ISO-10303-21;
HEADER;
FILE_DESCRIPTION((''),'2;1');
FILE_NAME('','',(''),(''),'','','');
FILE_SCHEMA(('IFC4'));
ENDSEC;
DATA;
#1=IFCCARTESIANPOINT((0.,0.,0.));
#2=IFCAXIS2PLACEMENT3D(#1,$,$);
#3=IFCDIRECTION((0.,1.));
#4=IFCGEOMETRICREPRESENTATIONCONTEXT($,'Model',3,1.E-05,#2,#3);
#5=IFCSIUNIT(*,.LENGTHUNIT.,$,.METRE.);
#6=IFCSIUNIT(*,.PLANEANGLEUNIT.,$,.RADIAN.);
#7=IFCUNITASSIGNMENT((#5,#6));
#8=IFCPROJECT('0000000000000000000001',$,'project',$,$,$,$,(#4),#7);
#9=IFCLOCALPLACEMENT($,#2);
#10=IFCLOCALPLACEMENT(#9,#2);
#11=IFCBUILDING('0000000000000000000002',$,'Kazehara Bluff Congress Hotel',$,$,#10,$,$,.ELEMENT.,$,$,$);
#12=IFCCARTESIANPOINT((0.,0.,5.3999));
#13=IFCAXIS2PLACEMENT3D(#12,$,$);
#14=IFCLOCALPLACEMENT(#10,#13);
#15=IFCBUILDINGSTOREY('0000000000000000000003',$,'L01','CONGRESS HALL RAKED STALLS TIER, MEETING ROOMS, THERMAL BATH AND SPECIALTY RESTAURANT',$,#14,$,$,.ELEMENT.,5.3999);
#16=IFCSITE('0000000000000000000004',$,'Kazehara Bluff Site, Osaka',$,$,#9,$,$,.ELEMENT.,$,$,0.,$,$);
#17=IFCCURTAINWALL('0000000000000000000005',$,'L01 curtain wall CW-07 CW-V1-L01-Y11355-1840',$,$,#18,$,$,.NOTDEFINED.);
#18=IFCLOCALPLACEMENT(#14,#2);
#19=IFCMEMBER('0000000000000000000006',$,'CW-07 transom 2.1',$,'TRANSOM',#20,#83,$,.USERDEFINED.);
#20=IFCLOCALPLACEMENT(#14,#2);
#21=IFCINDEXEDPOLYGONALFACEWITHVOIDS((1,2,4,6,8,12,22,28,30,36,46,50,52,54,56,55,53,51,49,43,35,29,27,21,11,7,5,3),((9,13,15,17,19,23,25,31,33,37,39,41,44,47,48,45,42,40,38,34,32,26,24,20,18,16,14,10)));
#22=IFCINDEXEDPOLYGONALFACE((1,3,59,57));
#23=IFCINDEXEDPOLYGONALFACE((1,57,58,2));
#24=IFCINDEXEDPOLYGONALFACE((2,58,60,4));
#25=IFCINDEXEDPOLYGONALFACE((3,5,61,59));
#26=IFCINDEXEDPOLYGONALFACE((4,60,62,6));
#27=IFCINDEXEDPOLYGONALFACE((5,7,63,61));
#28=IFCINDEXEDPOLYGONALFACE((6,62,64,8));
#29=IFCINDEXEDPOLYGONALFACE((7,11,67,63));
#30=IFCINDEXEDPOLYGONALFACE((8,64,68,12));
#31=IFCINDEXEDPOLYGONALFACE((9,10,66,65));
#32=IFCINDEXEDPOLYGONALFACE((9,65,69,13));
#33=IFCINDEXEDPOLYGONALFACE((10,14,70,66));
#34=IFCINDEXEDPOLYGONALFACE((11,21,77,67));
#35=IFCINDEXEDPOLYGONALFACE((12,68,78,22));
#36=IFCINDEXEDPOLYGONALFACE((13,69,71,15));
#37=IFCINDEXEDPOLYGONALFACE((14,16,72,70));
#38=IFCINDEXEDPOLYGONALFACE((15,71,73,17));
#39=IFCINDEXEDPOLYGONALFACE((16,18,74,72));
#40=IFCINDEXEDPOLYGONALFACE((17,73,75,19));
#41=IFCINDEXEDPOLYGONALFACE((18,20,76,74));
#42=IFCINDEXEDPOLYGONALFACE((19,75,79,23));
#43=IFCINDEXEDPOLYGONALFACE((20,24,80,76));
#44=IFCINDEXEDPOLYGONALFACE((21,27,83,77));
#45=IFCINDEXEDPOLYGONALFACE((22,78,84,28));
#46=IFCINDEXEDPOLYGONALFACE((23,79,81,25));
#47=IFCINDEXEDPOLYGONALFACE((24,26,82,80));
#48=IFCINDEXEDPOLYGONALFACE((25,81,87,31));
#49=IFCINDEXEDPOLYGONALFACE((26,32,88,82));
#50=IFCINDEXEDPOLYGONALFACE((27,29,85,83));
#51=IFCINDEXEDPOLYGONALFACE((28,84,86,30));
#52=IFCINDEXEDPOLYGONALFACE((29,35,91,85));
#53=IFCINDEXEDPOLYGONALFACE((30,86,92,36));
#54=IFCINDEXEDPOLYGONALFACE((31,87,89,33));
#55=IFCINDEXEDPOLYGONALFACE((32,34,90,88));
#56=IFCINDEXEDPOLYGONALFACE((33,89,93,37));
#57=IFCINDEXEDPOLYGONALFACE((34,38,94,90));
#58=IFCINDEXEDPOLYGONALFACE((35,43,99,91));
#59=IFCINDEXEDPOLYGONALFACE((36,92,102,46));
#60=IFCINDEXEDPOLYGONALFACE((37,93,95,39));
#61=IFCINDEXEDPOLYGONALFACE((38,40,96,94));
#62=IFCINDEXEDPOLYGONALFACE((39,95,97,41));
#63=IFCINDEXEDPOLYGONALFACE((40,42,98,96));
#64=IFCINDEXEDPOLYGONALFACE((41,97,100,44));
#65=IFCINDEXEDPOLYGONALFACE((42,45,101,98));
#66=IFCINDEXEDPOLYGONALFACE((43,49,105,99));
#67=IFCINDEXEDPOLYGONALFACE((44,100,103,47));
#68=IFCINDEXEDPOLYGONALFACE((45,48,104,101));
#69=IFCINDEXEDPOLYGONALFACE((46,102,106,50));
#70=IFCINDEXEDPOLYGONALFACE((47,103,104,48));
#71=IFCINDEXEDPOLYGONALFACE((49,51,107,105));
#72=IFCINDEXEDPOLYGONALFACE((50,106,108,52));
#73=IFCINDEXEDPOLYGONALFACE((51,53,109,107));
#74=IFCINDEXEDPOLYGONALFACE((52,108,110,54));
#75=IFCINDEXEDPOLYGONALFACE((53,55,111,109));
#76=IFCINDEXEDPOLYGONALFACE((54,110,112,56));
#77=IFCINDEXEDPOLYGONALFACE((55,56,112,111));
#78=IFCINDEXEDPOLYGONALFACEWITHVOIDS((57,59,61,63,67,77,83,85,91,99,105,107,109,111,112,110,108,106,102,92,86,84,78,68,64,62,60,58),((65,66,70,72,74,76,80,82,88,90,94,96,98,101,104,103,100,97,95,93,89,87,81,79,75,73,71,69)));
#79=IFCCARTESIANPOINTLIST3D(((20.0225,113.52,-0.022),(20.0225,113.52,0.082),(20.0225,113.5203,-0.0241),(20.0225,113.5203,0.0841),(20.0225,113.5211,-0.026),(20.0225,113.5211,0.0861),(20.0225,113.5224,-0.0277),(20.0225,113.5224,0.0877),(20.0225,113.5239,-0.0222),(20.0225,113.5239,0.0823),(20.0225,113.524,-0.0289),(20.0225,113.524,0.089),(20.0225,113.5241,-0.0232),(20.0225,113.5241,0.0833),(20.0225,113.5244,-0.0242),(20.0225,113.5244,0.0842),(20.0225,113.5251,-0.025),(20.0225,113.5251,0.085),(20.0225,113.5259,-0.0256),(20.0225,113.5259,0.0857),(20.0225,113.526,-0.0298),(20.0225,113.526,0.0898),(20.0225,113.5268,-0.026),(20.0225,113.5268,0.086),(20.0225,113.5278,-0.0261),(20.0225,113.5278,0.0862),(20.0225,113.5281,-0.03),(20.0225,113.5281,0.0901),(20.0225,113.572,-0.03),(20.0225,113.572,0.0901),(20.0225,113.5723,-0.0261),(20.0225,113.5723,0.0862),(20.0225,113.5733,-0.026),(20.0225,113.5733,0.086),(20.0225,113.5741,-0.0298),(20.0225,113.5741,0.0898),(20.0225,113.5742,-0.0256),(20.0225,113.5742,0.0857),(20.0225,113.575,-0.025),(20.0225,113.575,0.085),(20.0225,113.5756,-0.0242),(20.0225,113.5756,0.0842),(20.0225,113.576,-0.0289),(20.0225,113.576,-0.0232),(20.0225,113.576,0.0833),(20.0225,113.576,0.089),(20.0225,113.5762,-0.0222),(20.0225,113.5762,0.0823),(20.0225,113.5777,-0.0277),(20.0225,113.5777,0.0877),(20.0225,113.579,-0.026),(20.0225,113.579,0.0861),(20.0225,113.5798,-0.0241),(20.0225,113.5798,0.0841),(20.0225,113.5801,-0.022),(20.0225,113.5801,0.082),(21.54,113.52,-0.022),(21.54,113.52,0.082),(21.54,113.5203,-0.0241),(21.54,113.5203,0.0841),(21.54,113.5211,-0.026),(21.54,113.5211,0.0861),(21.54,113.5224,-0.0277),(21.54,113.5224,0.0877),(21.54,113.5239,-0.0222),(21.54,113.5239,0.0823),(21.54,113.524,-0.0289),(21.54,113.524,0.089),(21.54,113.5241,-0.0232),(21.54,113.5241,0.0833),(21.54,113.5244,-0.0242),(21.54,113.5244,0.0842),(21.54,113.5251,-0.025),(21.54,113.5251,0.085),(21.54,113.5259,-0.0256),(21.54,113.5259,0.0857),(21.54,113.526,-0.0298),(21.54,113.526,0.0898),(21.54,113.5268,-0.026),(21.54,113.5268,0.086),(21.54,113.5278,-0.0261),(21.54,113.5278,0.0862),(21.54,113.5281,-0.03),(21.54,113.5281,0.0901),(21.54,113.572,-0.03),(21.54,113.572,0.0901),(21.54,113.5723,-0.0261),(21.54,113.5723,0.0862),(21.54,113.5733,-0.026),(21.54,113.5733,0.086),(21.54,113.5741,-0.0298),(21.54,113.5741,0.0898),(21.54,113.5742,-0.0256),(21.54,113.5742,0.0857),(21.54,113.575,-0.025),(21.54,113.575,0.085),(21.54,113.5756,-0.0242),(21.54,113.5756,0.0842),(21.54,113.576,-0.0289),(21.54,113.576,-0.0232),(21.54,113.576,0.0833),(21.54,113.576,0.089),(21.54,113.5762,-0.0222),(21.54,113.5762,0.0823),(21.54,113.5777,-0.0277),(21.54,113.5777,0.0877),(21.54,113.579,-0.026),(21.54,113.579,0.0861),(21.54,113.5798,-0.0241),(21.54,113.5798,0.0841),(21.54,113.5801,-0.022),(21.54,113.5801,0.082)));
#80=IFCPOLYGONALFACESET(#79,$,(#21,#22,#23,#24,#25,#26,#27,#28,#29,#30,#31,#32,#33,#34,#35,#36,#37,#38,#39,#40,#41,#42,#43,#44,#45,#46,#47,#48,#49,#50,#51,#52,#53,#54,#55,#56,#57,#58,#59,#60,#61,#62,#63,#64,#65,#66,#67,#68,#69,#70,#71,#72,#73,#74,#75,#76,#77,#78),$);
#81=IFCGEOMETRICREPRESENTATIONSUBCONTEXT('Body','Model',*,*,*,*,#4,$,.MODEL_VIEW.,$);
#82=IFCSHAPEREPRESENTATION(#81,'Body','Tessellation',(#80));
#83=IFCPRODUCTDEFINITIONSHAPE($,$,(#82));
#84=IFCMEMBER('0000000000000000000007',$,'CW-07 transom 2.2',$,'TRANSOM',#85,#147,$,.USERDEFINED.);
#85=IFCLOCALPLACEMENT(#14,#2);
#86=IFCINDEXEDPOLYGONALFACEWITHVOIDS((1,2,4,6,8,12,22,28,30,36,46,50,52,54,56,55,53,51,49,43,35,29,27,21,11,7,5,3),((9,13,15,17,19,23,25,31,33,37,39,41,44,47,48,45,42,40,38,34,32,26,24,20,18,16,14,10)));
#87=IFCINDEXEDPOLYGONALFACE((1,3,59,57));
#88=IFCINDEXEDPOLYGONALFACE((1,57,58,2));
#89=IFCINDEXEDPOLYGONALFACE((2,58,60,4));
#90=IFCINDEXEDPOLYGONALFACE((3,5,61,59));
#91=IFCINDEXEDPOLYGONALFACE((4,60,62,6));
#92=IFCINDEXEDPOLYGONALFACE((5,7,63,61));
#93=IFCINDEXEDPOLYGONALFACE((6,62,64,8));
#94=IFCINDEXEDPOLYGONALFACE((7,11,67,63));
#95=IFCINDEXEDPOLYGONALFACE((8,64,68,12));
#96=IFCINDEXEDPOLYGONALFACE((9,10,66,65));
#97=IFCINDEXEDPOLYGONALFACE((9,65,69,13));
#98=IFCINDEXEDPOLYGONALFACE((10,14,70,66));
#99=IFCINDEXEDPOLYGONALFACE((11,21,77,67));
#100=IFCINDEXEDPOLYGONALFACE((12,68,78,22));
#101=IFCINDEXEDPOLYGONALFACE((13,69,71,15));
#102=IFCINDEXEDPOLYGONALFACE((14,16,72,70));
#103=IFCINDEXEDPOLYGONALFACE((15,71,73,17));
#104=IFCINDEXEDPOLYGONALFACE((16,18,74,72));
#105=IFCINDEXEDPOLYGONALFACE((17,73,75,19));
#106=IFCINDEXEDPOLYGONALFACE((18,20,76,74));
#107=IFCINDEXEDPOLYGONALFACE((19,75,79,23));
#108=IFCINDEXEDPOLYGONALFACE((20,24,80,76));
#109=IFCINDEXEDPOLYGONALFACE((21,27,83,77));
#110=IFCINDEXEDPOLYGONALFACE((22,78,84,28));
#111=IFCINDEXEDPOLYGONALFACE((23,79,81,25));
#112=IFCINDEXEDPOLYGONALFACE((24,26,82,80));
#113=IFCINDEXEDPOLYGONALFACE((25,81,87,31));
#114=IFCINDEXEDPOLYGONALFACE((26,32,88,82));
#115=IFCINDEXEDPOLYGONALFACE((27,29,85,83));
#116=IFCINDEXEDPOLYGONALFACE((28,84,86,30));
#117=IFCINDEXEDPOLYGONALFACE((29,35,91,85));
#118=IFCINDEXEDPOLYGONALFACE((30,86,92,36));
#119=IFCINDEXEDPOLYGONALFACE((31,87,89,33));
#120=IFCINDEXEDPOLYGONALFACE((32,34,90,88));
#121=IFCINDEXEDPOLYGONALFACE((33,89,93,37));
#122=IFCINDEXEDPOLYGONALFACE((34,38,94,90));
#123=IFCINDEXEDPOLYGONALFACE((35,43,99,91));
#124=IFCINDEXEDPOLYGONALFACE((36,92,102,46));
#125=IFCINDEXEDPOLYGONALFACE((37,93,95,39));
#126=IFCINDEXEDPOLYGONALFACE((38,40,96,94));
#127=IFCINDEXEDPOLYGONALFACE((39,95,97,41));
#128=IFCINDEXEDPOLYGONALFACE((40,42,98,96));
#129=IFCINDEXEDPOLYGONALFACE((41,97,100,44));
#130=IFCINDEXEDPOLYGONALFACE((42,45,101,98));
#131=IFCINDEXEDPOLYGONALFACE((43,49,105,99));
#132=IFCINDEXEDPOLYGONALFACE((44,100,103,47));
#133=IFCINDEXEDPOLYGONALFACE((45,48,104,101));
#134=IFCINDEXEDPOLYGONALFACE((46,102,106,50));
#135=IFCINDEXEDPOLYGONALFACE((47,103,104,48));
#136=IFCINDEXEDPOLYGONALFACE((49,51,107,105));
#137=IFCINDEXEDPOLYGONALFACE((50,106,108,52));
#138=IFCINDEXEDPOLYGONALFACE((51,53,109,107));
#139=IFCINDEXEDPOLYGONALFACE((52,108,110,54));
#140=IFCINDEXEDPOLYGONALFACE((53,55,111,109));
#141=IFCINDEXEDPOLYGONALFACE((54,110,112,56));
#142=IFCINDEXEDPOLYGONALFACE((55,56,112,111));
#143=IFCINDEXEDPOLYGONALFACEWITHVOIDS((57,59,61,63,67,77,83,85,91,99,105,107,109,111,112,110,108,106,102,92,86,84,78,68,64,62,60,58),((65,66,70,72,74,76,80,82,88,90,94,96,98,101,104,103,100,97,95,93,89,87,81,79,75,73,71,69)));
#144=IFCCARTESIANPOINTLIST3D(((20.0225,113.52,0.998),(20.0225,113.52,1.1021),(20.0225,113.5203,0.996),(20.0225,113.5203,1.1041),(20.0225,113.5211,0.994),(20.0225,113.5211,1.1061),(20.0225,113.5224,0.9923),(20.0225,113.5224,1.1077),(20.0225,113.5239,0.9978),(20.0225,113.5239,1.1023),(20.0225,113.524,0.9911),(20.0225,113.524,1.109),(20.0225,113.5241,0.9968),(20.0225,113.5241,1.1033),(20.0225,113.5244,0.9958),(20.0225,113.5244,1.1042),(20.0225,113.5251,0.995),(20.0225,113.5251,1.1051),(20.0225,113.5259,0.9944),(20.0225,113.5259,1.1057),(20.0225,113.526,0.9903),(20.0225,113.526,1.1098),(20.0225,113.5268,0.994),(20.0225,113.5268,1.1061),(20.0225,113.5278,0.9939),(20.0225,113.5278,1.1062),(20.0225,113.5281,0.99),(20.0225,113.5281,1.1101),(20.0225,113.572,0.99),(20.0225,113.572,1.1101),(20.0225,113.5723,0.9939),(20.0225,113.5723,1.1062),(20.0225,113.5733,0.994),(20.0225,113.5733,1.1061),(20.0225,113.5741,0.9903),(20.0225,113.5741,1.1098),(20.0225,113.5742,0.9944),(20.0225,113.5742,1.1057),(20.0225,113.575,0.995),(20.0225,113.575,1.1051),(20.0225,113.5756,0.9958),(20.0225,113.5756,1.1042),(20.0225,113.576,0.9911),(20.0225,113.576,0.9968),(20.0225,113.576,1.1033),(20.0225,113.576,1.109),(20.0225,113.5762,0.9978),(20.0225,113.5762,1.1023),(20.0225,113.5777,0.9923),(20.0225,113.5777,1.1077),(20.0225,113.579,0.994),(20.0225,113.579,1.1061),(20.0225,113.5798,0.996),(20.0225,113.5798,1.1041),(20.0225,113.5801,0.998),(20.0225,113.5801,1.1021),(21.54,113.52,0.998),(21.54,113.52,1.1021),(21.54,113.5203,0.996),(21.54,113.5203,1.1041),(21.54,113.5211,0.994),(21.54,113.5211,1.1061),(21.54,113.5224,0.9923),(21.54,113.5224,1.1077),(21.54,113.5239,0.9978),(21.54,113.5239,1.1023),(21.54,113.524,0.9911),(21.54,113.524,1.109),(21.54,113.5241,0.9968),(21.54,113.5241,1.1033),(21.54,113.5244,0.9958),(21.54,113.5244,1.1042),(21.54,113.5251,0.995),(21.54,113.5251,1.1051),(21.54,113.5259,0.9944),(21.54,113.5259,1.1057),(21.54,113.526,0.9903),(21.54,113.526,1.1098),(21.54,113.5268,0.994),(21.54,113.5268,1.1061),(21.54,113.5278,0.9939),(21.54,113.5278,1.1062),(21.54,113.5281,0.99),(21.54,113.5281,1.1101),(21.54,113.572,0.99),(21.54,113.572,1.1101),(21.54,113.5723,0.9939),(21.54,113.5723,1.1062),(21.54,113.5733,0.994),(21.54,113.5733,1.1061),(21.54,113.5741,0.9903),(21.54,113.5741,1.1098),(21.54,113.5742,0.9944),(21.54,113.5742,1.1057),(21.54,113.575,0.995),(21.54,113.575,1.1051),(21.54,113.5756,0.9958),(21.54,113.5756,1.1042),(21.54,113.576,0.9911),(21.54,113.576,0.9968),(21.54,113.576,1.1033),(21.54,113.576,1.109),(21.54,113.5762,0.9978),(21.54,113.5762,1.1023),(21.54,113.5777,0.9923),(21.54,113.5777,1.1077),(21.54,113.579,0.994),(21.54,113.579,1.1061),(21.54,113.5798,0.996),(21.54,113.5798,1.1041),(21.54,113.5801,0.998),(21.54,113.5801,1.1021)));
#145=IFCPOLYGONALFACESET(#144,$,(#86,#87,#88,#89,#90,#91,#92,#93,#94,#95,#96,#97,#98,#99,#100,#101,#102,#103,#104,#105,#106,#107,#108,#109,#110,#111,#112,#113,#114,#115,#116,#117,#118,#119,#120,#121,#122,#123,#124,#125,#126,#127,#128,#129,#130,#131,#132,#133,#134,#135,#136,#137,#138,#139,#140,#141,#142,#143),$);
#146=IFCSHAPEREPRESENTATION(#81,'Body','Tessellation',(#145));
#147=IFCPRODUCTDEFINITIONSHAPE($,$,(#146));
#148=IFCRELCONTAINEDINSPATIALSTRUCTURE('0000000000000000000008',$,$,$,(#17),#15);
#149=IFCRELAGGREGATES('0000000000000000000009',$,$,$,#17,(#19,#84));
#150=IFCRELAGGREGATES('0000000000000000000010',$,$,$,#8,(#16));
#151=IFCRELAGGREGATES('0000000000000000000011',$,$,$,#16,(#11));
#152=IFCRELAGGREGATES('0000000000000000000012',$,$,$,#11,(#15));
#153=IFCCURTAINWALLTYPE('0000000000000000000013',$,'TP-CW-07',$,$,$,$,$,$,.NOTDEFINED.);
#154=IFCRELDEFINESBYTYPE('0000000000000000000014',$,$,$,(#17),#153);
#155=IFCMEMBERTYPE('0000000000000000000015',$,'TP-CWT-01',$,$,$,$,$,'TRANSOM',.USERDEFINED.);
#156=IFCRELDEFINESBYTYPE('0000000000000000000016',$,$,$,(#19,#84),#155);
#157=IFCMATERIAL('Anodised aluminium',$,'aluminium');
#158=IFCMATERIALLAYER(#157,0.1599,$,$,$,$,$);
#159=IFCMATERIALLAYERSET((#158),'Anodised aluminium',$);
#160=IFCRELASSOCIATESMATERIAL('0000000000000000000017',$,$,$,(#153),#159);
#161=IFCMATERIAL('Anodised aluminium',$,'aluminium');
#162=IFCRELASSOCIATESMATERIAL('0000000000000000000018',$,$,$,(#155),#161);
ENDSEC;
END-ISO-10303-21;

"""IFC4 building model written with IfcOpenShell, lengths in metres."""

from ifc_helpers import new_model, si_unit, direction, frame, origin, origin_2d, place, context, subcontext, project, spatial, hollow_rectangle, extrude, material, layer, layer_set, material_profile, profile_set, type_object, element, aggregate, save


model = new_model("IFC4")

# Units and contexts
model_context = context("Model", 3, precision=1e-05, world=origin(), true_north=direction((0.0, 1.0)))
body_context = subcontext(model_context, "Body", "Model", "MODEL_VIEW")
ifc_project = project(units=[si_unit("LENGTHUNIT", "METRE"), si_unit("PLANEANGLEUNIT", "RADIAN")], contexts=[model_context])

# Site, building, storey
site_placement = place(None, origin())
site = spatial("IfcSite", under=ifc_project, at=site_placement, Name="Kazehara Bluff Site, Osaka", CompositionType="ELEMENT", RefElevation=0.0)
building_placement = place(site_placement, origin())
building = spatial("IfcBuilding", under=site, at=building_placement, Name="Kazehara Bluff Congress Hotel", CompositionType="ELEMENT")
storey_placement = place(building_placement, frame((0.0, 0.0, 5.3999)))
storey = spatial("IfcBuildingStorey", under=building, at=storey_placement, Name="L01", Description="CONGRESS HALL RAKED STALLS TIER, MEETING ROOMS, THERMAL BATH AND SPECIALTY RESTAURANT", CompositionType="ELEMENT", Elevation=5.3999)

# Curtain wall, members
ifc_material_1 = material(Name="Anodised aluminium", Category="aluminium")
ifc_layer_1 = layer(ifc_material_1, 0.1599)
ifc_layer_set_1 = layer_set([ifc_layer_1], Name="Anodised aluminium")
curtain_wall_type = type_object("IfcCurtainWallType", Name="TP-CW-07", PredefinedType="NOTDEFINED", material=ifc_layer_set_1)
curtain_wall_placement = place(storey_placement, origin())
curtain_wall = element("IfcCurtainWall", 1, at=curtain_wall_placement, inside=storey, type_object=curtain_wall_type, Name="L01 curtain wall CW-07 CW-V1-L01-Y11355-1840", PredefinedType="NOTDEFINED")
ifc_material_2 = material(Name="Anodised aluminium", Category="aluminium")
ifc_material_profile_1 = material_profile(ifc_material_2, hollow_rectangle(XDim=0.0601, YDim=0.1201, WallThickness=0.0039, InnerFilletRadius=0.0039, OuterFilletRadius=0.0081, at=origin_2d()))
ifc_profile_set_1 = profile_set([ifc_material_profile_1], Name="Anodised aluminium")
member_type_1 = type_object("IfcMemberType", Name="TP-CWT-01", ElementType="TRANSOM", PredefinedType="USERDEFINED", material=ifc_profile_set_1)
member_1_placement = place(storey_placement, frame((20.0225, 113.55, 0.03), z_axis=(1.0, 0.0, 0.0), x_axis=(0.0, 1.0, 0.0)))
member_1 = element("IfcMember", 2, at=member_1_placement, type_object=member_type_1, Name="CW-07 transom 2.1", ObjectType="TRANSOM", PredefinedType="USERDEFINED", context=body_context, shape_type="SweptSolid", body=[
    extrude(hollow_rectangle(XDim=0.0601, YDim=0.1201, WallThickness=0.0039, InnerFilletRadius=0.0039, OuterFilletRadius=0.0081, at=origin_2d()), origin(), (0.0, 0.0, 1.0), 1.5176),
])
member_2_placement = place(storey_placement, frame((20.0225, 113.55, 1.05), z_axis=(1.0, 0.0, 0.0), x_axis=(0.0, 1.0, 0.0)))
member_2 = element("IfcMember", 3, at=member_2_placement, type_object=member_type_1, Name="CW-07 transom 2.2", ObjectType="TRANSOM", PredefinedType="USERDEFINED", context=body_context, shape_type="SweptSolid", body=[
    extrude(hollow_rectangle(XDim=0.0601, YDim=0.1201, WallThickness=0.0039, InnerFilletRadius=0.0039, OuterFilletRadius=0.0081, at=origin_2d()), origin(), (0.0, 0.0, 1.0), 1.5176),
])

aggregate(curtain_wall, [member_1, member_2])

save(model, "model.ifc")
